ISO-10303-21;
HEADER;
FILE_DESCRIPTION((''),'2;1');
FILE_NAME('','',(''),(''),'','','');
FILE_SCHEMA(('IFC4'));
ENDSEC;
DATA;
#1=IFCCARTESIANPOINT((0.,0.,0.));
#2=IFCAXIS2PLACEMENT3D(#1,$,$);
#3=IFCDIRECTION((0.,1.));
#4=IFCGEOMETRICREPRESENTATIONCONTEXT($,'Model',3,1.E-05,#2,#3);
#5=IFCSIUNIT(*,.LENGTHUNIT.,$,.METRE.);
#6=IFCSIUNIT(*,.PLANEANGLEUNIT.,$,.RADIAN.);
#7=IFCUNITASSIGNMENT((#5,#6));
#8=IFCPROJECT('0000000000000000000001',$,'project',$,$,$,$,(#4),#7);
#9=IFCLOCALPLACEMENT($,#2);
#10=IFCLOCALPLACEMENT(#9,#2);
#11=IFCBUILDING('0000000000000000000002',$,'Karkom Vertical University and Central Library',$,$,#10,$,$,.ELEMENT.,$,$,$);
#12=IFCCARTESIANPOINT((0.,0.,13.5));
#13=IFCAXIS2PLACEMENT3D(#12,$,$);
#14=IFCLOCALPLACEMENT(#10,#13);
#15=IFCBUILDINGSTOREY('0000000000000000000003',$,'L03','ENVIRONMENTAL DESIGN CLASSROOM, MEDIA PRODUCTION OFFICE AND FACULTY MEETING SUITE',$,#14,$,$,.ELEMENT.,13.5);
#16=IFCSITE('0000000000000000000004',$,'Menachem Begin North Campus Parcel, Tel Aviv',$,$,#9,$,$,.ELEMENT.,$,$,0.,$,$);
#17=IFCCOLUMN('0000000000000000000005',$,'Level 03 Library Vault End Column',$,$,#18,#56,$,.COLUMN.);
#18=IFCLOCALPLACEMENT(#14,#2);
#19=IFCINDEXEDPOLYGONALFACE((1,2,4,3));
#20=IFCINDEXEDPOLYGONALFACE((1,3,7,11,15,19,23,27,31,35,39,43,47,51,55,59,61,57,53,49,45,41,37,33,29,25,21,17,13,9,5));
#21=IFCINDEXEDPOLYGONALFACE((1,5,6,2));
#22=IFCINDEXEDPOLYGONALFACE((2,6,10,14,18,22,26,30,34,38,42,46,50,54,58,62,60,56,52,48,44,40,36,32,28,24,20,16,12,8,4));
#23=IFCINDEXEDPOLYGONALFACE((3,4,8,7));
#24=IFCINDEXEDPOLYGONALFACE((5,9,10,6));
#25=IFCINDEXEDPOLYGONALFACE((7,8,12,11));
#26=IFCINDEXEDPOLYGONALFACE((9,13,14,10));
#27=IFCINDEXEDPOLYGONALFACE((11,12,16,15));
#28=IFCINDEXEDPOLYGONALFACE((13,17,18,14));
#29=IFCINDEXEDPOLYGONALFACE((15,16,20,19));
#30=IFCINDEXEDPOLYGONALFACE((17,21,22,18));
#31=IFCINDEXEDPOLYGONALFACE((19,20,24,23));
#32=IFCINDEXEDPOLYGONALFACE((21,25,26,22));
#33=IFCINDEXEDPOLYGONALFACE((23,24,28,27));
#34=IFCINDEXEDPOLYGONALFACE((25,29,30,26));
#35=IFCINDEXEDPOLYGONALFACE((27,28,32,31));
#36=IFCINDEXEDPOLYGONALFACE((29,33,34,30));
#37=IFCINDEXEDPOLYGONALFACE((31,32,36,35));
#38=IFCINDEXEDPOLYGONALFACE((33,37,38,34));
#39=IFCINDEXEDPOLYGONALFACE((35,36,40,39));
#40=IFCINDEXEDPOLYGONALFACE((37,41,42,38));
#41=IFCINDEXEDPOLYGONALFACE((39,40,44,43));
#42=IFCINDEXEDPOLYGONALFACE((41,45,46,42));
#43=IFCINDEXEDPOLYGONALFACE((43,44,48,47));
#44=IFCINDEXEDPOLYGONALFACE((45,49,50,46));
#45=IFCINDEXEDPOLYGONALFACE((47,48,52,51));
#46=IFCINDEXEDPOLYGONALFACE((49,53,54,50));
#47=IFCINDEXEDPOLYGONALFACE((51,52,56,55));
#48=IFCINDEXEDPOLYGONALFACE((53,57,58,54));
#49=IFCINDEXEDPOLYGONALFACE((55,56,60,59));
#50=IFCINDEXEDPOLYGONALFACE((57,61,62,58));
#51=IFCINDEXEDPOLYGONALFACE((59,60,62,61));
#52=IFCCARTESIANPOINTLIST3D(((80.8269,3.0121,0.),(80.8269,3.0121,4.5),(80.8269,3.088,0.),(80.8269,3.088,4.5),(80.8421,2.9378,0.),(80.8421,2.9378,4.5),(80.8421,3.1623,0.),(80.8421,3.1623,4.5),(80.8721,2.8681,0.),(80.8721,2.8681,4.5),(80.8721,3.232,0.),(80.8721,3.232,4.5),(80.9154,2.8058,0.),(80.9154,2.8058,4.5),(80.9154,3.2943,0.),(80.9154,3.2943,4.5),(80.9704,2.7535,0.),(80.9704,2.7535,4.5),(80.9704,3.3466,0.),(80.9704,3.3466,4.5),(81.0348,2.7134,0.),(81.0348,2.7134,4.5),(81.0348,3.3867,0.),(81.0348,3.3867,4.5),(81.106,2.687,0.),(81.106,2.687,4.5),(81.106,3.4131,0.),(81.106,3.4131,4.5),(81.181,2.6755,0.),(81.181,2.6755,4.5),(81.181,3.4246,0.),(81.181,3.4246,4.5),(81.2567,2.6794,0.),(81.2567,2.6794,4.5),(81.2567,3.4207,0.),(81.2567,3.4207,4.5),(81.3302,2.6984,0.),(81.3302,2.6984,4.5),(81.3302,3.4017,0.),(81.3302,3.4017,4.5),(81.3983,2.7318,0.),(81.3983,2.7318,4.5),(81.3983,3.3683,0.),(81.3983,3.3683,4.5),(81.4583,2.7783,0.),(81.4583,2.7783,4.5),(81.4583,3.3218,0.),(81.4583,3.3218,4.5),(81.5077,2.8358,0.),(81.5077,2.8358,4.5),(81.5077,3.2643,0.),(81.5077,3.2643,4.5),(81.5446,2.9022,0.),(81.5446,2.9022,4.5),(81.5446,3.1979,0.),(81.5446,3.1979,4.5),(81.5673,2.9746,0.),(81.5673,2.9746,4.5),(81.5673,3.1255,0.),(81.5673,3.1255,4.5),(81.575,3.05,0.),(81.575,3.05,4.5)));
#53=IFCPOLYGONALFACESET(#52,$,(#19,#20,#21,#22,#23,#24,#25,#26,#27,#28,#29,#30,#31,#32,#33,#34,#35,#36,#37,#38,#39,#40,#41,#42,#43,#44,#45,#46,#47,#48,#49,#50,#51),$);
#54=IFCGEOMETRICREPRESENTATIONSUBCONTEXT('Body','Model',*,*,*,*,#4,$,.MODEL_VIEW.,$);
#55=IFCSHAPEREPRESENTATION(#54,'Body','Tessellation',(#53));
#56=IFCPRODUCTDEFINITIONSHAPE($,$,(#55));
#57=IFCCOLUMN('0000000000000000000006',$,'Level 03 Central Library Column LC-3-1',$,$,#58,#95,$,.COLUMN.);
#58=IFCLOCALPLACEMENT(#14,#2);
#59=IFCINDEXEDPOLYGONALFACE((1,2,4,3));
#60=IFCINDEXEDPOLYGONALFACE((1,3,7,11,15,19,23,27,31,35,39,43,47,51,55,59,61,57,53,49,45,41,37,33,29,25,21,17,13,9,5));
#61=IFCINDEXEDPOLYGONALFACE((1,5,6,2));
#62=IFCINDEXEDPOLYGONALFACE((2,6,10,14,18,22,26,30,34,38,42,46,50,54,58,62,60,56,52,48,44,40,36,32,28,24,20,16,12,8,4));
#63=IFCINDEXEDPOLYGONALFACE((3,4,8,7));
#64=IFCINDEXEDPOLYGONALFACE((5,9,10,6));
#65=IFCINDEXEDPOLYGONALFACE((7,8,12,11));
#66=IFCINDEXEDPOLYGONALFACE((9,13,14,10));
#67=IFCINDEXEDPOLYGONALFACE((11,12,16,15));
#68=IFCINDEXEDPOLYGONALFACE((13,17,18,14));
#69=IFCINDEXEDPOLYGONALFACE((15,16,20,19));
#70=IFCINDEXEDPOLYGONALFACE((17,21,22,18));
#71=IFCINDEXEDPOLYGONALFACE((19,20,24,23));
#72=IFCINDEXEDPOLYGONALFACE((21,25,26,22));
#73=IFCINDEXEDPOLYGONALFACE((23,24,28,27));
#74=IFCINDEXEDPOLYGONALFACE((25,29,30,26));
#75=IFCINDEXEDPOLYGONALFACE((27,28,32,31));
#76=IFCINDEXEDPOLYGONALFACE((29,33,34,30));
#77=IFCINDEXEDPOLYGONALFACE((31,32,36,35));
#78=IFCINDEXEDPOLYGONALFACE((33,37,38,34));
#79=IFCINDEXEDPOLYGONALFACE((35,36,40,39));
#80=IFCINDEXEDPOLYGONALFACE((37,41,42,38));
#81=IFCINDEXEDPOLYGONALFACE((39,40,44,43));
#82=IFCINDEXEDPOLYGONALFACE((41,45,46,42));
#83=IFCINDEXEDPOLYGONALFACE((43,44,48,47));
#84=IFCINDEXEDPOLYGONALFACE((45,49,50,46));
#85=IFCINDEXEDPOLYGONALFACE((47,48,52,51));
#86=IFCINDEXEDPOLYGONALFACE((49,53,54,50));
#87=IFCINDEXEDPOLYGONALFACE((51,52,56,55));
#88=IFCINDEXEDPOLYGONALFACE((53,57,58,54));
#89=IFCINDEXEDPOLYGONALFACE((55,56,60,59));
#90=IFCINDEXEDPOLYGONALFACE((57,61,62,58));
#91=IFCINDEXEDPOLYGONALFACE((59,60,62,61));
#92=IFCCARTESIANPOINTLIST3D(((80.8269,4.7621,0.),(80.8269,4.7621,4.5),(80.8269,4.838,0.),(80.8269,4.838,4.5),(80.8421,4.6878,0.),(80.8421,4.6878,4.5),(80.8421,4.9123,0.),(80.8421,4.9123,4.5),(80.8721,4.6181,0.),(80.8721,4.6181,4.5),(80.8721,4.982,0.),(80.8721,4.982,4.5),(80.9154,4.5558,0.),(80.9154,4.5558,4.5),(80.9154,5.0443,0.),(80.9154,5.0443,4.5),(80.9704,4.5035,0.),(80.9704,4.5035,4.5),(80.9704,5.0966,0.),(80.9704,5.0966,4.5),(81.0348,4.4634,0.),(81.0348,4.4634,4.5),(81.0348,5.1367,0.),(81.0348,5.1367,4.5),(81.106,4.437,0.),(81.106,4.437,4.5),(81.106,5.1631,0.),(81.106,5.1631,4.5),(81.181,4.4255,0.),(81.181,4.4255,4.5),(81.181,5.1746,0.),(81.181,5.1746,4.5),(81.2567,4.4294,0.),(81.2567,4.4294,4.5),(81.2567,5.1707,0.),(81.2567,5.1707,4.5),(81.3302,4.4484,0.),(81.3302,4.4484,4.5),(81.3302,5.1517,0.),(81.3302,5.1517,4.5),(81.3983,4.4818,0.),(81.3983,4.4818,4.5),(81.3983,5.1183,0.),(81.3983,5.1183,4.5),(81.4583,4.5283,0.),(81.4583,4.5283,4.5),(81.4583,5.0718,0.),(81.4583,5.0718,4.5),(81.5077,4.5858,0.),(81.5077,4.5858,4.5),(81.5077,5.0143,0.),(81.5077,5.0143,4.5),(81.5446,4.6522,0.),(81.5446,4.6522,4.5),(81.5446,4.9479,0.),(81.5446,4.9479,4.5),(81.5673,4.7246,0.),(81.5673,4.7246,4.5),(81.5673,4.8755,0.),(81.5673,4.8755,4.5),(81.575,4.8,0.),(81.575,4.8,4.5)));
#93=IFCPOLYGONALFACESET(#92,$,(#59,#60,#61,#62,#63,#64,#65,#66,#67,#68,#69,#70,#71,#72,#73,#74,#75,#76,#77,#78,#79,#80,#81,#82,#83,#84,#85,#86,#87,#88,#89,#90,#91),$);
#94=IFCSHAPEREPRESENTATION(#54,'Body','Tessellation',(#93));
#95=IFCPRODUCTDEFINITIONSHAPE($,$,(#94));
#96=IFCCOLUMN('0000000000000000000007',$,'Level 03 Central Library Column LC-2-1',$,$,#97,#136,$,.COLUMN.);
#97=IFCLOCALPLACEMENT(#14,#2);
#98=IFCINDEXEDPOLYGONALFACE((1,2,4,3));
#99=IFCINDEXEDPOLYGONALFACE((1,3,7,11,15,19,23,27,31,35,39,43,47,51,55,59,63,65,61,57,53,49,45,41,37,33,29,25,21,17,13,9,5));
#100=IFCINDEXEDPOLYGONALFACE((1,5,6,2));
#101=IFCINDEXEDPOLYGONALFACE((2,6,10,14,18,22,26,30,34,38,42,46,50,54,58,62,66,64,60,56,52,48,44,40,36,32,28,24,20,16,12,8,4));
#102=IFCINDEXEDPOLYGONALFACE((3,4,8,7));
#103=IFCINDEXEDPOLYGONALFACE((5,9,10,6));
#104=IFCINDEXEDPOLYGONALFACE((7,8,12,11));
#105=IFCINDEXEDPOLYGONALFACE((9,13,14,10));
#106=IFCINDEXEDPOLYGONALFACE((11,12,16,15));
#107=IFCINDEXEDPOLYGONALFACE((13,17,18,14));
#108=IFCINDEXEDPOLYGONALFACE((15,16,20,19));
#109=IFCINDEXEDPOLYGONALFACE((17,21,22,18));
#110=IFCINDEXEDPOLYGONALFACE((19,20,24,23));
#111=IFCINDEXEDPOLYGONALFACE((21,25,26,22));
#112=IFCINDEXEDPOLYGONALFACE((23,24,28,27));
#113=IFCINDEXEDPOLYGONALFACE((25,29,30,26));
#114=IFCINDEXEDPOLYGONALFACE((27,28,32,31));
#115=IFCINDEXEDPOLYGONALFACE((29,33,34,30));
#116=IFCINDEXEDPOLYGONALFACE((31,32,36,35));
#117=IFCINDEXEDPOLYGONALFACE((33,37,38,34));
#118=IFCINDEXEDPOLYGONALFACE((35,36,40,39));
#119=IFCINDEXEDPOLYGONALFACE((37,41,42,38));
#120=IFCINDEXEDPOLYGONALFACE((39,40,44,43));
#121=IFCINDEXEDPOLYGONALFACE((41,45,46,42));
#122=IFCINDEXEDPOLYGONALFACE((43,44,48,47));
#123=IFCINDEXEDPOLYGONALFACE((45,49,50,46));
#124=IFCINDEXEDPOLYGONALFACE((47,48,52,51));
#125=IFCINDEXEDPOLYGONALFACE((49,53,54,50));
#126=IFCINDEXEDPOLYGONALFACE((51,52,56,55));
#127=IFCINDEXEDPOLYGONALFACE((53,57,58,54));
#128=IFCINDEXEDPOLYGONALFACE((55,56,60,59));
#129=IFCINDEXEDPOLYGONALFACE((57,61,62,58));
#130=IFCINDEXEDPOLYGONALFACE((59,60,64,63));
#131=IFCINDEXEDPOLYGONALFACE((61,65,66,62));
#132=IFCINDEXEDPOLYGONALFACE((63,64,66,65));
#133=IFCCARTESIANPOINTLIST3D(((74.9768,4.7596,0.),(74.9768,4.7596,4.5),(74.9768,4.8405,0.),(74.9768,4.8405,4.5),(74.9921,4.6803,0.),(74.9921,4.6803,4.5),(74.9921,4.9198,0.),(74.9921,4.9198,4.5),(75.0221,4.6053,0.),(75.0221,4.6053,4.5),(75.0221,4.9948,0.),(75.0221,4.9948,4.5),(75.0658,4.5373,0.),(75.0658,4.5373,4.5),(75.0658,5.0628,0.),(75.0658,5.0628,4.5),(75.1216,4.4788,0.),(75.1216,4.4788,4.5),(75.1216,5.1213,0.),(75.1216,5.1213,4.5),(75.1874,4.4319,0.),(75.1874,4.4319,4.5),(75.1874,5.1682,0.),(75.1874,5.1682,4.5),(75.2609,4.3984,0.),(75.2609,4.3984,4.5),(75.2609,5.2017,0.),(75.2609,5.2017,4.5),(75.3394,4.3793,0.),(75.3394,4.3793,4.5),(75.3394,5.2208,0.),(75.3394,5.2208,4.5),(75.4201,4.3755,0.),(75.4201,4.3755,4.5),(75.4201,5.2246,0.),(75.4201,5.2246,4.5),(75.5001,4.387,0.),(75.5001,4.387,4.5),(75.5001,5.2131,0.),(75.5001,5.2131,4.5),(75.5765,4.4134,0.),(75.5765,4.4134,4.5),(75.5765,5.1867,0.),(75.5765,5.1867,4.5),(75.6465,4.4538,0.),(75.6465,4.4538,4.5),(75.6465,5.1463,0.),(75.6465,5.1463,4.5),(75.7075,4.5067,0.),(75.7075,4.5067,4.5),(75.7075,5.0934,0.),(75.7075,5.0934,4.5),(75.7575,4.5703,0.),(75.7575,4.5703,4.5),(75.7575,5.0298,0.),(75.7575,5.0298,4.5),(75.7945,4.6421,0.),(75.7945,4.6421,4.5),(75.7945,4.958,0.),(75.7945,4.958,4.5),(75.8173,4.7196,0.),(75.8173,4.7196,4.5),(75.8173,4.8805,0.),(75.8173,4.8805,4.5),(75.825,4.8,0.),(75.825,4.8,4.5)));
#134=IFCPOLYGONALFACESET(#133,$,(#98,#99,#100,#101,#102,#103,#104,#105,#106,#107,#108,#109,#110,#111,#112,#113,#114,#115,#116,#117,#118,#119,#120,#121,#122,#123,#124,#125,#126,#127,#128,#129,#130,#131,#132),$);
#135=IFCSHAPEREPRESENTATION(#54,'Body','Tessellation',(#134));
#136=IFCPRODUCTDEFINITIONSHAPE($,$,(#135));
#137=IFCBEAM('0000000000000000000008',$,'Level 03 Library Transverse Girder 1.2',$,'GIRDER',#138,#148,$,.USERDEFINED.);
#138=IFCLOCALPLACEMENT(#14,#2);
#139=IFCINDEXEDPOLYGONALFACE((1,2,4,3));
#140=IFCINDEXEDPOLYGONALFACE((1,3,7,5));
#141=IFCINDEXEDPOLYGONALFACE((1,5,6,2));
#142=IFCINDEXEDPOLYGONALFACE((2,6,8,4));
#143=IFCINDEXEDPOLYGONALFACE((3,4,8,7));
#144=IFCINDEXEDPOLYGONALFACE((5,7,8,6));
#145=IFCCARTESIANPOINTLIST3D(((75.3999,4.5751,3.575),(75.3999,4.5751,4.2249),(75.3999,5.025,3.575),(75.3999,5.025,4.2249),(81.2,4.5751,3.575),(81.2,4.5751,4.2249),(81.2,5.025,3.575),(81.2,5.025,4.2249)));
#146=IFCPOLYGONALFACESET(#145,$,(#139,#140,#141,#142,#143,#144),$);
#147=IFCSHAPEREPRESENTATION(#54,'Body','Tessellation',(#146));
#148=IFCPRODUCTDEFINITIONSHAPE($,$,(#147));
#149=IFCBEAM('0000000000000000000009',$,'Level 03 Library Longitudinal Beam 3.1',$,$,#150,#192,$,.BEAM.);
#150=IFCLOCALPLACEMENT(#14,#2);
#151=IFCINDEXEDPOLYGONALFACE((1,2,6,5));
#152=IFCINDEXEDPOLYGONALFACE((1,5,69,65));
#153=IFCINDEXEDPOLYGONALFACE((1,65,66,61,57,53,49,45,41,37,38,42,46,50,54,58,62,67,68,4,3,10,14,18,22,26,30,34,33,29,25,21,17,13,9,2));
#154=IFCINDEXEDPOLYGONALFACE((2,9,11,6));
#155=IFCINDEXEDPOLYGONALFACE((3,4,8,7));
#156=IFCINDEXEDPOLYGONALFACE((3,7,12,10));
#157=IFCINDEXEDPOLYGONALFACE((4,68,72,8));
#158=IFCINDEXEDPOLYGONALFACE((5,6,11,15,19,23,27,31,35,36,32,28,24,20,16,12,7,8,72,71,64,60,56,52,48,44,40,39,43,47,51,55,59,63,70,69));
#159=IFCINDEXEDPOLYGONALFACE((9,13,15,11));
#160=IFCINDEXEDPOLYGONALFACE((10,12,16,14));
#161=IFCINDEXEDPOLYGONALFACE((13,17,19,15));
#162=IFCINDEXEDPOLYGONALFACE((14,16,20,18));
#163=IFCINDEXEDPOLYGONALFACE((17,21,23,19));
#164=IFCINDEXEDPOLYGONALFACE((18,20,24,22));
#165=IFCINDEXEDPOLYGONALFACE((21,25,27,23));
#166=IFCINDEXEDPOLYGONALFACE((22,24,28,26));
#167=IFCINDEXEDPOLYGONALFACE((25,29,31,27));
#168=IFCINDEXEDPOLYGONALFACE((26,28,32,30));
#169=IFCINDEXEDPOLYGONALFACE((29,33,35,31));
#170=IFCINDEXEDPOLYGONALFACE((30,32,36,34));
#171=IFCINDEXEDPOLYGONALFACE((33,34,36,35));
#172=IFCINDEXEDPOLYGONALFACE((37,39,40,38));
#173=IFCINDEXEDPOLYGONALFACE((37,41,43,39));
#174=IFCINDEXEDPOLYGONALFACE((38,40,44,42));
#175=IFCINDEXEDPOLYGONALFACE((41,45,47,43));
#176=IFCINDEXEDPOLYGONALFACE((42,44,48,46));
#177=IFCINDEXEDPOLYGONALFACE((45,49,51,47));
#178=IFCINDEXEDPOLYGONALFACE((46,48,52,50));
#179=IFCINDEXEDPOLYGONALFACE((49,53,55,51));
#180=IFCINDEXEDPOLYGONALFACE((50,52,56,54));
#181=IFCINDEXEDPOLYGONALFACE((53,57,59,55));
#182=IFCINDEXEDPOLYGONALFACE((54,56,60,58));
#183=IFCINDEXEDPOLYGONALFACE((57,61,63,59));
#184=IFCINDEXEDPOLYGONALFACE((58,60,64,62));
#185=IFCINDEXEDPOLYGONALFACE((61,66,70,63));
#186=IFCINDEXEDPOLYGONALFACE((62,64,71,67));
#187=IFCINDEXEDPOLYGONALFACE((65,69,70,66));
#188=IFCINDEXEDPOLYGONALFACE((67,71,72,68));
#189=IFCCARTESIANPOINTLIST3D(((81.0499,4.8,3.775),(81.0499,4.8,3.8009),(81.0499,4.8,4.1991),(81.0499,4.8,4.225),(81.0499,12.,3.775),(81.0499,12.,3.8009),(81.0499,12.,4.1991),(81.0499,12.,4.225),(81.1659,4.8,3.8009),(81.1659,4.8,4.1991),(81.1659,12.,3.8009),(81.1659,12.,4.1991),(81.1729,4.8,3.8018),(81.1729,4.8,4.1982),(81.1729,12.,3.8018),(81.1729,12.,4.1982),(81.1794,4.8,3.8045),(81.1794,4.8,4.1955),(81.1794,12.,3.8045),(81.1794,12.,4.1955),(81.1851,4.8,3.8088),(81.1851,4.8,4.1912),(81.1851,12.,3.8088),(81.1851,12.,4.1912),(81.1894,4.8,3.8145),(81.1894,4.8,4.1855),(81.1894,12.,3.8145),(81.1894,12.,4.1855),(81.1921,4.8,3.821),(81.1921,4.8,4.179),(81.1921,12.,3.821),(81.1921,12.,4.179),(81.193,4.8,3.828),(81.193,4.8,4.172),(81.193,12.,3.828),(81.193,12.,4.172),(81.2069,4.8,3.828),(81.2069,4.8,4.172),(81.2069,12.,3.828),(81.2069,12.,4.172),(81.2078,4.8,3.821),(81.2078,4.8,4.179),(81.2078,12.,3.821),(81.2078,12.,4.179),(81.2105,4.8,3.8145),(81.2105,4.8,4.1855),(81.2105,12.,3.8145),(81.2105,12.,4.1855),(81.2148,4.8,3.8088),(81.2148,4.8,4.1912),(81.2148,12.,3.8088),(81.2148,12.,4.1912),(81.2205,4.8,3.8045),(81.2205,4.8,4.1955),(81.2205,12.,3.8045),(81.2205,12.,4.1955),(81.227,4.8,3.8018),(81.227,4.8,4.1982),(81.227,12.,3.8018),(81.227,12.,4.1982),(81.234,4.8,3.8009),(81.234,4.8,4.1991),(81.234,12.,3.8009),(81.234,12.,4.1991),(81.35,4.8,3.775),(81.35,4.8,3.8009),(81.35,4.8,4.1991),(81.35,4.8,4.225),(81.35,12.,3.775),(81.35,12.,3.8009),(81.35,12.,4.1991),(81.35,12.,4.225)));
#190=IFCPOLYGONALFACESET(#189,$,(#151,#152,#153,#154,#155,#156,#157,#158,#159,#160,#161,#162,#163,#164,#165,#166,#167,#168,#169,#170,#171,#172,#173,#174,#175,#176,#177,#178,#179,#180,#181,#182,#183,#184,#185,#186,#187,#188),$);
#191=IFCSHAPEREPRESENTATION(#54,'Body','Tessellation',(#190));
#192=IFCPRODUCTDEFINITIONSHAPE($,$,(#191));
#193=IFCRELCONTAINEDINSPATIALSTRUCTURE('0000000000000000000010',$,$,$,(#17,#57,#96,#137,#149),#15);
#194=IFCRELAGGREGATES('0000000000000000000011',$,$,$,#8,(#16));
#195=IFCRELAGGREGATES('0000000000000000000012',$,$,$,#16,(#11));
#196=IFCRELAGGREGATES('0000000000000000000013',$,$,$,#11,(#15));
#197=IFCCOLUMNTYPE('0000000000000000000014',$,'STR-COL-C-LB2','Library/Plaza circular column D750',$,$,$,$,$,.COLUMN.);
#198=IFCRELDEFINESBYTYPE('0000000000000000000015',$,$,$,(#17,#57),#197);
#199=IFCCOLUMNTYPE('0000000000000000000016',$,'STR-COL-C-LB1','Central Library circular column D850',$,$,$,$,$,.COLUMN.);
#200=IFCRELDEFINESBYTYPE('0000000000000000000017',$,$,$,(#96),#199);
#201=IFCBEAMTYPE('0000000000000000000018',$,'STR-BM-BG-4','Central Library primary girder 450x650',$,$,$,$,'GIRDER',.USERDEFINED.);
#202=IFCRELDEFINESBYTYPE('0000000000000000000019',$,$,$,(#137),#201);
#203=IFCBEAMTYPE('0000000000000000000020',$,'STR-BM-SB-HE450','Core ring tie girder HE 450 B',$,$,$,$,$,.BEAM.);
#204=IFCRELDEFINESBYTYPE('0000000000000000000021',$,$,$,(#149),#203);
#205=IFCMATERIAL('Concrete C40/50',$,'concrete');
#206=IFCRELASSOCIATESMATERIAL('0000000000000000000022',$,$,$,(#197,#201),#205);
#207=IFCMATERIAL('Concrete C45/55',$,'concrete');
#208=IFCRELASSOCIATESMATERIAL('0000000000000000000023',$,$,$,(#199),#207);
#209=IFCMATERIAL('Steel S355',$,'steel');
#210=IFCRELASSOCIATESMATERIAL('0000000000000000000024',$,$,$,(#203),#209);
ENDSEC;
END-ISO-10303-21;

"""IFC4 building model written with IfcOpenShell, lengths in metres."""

from ifc_helpers import new_model, si_unit, direction, frame, origin, origin_with_axes, origin_2d, place, context, subcontext, project, spatial, rectangle, circle, i_section, extrude, source, transform, mapped, material, material_profile, profile_set, type_object, element, save


model = new_model("IFC4")

# Units and contexts
model_context = context("Model", 3, precision=1e-05, world=origin(), true_north=direction((0.0, 1.0)))
body_context = subcontext(model_context, "Body", "Model", "MODEL_VIEW")
ifc_project = project(units=[si_unit("LENGTHUNIT", "METRE"), si_unit("PLANEANGLEUNIT", "RADIAN")], contexts=[model_context])

# Site, building, storey
site_placement = place(None, origin())
site = spatial("IfcSite", under=ifc_project, at=site_placement, Name="Menachem Begin North Campus Parcel, Tel Aviv", CompositionType="ELEMENT", RefElevation=0.0)
building_placement = place(site_placement, origin())
building = spatial("IfcBuilding", under=site, at=building_placement, Name="Karkom Vertical University and Central Library", CompositionType="ELEMENT")
storey_placement = place(building_placement, frame((0.0, 0.0, 13.5)))
storey = spatial("IfcBuildingStorey", under=building, at=storey_placement, Name="L03", Description="ENVIRONMENTAL DESIGN CLASSROOM, MEDIA PRODUCTION OFFICE AND FACULTY MEETING SUITE", CompositionType="ELEMENT", Elevation=13.5)

# Columns
ifc_material_1 = material(Name="Concrete C40/50", Category="concrete")
ifc_material_profile_1 = material_profile(ifc_material_1, circle(Radius=0.375, at=origin_2d()), Name="RC-D750")
ifc_profile_set_1 = profile_set([ifc_material_profile_1], Name="Concrete C40/50")
column_type_1 = type_object("IfcColumnType", Name="STR-COL-C-LB2", Description="Library/Plaza circular column D750", PredefinedType="COLUMN", material=ifc_profile_set_1)
shared_shape_1 = source(origin_with_axes(), body_context, "Body", "SweptSolid", [
    extrude(circle(Radius=0.375, at=origin_2d()), origin(), (0.0, 0.0, 1.0), 4.5),
])
for number, where, z_axis, x_axis, name in (
    (1, (81.2, 3.05, 0.0), (0.0, 0.0, 1.0), (1.0, 0.0, 0.0), "Level 03 Library Vault End Column"),
    (2, (81.2, 4.8, 0.0), (0.0, 0.0, 1.0), (1.0, 0.0, 0.0), "Level 03 Central Library Column LC-3-1"),
):
    element("IfcColumn", number, at=place(storey_placement, frame(where, z_axis=z_axis, x_axis=x_axis)), inside=storey, type_object=column_type_1, Name=name, PredefinedType="COLUMN", context=body_context, shape_type="MappedRepresentation", body=[
        mapped(shared_shape_1, transform((0.0, 0.0, 0.0), scale=1.0)),
    ])
ifc_material_2 = material(Name="Concrete C45/55", Category="concrete")
ifc_material_profile_2 = material_profile(ifc_material_2, circle(Radius=0.425, at=origin_2d()), Name="RC-D850")
ifc_profile_set_2 = profile_set([ifc_material_profile_2], Name="Concrete C45/55")
column_type_2 = type_object("IfcColumnType", Name="STR-COL-C-LB1", Description="Central Library circular column D850", PredefinedType="COLUMN", material=ifc_profile_set_2)
shared_shape_2 = source(origin_with_axes(), body_context, "Body", "SweptSolid", [
    extrude(circle(Radius=0.425, at=origin_2d()), origin(), (0.0, 0.0, 1.0), 4.5),
])
column_placement = place(storey_placement, frame((75.3999, 4.8, 0.0), z_axis=(0.0, 0.0, 1.0), x_axis=(1.0, 0.0, 0.0)))
element("IfcColumn", 3, at=column_placement, inside=storey, type_object=column_type_2, Name="Level 03 Central Library Column LC-2-1", PredefinedType="COLUMN", context=body_context, shape_type="MappedRepresentation", body=[
    mapped(shared_shape_2, transform((0.0, 0.0, 0.0), scale=1.0)),
])

# Beams
ifc_material_profile_3 = material_profile(ifc_material_1, rectangle(XDim=0.45, YDim=0.6499, at=origin_2d()), Name="RCB-450x650")
ifc_profile_set_3 = profile_set([ifc_material_profile_3], Name="Concrete C40/50")
beam_type_1 = type_object("IfcBeamType", Name="STR-BM-BG-4", Description="Central Library primary girder 450x650", ElementType="GIRDER", PredefinedType="USERDEFINED", material=ifc_profile_set_3)
shared_shape_3 = source(origin_with_axes(), body_context, "Body", "SweptSolid", [
    extrude(rectangle(XDim=0.45, YDim=0.6499, at=origin_2d()), origin(), (0.0, 0.0, 1.0), 5.8),
])
beam_1_placement = place(storey_placement, frame((75.3999, 4.8, 3.8999), z_axis=(1.0, 0.0, 0.0), x_axis=(0.0, 1.0, 0.0)))
element("IfcBeam", 4, at=beam_1_placement, inside=storey, type_object=beam_type_1, Name="Level 03 Library Transverse Girder 1.2", ObjectType="GIRDER", PredefinedType="USERDEFINED", context=body_context, shape_type="MappedRepresentation", body=[
    mapped(shared_shape_3, transform((0.0, 0.0, 0.0), scale=1.0)),
])
ifc_material_3 = material(Name="Steel S355", Category="steel")
ifc_material_profile_4 = material_profile(ifc_material_3, i_section(OverallWidth=0.3, OverallDepth=0.45, WebThickness=0.0139, FlangeThickness=0.0259, FilletRadius=0.0271, at=origin_2d()), Name="HE 450 B")
ifc_profile_set_4 = profile_set([ifc_material_profile_4], Name="Steel S355")
beam_type_2 = type_object("IfcBeamType", Name="STR-BM-SB-HE450", Description="Core ring tie girder HE 450 B", PredefinedType="BEAM", material=ifc_profile_set_4)
shared_shape_4 = source(origin_with_axes(), body_context, "Body", "SweptSolid", [
    extrude(i_section(OverallWidth=0.3, OverallDepth=0.45, WebThickness=0.0139, FlangeThickness=0.0259, FilletRadius=0.0271, at=origin_2d()), origin(), (0.0, 0.0, 1.0), 7.2),
])
beam_2_placement = place(storey_placement, frame((81.2, 4.8, 4.0), z_axis=(0.0, 1.0, 0.0), x_axis=(-1.0, 0.0, 0.0)))
element("IfcBeam", 5, at=beam_2_placement, inside=storey, type_object=beam_type_2, Name="Level 03 Library Longitudinal Beam 3.1", PredefinedType="BEAM", context=body_context, shape_type="MappedRepresentation", body=[
    mapped(shared_shape_4, transform((0.0, 0.0, 0.0), scale=1.0)),
])

save(model, "model.ifc")
